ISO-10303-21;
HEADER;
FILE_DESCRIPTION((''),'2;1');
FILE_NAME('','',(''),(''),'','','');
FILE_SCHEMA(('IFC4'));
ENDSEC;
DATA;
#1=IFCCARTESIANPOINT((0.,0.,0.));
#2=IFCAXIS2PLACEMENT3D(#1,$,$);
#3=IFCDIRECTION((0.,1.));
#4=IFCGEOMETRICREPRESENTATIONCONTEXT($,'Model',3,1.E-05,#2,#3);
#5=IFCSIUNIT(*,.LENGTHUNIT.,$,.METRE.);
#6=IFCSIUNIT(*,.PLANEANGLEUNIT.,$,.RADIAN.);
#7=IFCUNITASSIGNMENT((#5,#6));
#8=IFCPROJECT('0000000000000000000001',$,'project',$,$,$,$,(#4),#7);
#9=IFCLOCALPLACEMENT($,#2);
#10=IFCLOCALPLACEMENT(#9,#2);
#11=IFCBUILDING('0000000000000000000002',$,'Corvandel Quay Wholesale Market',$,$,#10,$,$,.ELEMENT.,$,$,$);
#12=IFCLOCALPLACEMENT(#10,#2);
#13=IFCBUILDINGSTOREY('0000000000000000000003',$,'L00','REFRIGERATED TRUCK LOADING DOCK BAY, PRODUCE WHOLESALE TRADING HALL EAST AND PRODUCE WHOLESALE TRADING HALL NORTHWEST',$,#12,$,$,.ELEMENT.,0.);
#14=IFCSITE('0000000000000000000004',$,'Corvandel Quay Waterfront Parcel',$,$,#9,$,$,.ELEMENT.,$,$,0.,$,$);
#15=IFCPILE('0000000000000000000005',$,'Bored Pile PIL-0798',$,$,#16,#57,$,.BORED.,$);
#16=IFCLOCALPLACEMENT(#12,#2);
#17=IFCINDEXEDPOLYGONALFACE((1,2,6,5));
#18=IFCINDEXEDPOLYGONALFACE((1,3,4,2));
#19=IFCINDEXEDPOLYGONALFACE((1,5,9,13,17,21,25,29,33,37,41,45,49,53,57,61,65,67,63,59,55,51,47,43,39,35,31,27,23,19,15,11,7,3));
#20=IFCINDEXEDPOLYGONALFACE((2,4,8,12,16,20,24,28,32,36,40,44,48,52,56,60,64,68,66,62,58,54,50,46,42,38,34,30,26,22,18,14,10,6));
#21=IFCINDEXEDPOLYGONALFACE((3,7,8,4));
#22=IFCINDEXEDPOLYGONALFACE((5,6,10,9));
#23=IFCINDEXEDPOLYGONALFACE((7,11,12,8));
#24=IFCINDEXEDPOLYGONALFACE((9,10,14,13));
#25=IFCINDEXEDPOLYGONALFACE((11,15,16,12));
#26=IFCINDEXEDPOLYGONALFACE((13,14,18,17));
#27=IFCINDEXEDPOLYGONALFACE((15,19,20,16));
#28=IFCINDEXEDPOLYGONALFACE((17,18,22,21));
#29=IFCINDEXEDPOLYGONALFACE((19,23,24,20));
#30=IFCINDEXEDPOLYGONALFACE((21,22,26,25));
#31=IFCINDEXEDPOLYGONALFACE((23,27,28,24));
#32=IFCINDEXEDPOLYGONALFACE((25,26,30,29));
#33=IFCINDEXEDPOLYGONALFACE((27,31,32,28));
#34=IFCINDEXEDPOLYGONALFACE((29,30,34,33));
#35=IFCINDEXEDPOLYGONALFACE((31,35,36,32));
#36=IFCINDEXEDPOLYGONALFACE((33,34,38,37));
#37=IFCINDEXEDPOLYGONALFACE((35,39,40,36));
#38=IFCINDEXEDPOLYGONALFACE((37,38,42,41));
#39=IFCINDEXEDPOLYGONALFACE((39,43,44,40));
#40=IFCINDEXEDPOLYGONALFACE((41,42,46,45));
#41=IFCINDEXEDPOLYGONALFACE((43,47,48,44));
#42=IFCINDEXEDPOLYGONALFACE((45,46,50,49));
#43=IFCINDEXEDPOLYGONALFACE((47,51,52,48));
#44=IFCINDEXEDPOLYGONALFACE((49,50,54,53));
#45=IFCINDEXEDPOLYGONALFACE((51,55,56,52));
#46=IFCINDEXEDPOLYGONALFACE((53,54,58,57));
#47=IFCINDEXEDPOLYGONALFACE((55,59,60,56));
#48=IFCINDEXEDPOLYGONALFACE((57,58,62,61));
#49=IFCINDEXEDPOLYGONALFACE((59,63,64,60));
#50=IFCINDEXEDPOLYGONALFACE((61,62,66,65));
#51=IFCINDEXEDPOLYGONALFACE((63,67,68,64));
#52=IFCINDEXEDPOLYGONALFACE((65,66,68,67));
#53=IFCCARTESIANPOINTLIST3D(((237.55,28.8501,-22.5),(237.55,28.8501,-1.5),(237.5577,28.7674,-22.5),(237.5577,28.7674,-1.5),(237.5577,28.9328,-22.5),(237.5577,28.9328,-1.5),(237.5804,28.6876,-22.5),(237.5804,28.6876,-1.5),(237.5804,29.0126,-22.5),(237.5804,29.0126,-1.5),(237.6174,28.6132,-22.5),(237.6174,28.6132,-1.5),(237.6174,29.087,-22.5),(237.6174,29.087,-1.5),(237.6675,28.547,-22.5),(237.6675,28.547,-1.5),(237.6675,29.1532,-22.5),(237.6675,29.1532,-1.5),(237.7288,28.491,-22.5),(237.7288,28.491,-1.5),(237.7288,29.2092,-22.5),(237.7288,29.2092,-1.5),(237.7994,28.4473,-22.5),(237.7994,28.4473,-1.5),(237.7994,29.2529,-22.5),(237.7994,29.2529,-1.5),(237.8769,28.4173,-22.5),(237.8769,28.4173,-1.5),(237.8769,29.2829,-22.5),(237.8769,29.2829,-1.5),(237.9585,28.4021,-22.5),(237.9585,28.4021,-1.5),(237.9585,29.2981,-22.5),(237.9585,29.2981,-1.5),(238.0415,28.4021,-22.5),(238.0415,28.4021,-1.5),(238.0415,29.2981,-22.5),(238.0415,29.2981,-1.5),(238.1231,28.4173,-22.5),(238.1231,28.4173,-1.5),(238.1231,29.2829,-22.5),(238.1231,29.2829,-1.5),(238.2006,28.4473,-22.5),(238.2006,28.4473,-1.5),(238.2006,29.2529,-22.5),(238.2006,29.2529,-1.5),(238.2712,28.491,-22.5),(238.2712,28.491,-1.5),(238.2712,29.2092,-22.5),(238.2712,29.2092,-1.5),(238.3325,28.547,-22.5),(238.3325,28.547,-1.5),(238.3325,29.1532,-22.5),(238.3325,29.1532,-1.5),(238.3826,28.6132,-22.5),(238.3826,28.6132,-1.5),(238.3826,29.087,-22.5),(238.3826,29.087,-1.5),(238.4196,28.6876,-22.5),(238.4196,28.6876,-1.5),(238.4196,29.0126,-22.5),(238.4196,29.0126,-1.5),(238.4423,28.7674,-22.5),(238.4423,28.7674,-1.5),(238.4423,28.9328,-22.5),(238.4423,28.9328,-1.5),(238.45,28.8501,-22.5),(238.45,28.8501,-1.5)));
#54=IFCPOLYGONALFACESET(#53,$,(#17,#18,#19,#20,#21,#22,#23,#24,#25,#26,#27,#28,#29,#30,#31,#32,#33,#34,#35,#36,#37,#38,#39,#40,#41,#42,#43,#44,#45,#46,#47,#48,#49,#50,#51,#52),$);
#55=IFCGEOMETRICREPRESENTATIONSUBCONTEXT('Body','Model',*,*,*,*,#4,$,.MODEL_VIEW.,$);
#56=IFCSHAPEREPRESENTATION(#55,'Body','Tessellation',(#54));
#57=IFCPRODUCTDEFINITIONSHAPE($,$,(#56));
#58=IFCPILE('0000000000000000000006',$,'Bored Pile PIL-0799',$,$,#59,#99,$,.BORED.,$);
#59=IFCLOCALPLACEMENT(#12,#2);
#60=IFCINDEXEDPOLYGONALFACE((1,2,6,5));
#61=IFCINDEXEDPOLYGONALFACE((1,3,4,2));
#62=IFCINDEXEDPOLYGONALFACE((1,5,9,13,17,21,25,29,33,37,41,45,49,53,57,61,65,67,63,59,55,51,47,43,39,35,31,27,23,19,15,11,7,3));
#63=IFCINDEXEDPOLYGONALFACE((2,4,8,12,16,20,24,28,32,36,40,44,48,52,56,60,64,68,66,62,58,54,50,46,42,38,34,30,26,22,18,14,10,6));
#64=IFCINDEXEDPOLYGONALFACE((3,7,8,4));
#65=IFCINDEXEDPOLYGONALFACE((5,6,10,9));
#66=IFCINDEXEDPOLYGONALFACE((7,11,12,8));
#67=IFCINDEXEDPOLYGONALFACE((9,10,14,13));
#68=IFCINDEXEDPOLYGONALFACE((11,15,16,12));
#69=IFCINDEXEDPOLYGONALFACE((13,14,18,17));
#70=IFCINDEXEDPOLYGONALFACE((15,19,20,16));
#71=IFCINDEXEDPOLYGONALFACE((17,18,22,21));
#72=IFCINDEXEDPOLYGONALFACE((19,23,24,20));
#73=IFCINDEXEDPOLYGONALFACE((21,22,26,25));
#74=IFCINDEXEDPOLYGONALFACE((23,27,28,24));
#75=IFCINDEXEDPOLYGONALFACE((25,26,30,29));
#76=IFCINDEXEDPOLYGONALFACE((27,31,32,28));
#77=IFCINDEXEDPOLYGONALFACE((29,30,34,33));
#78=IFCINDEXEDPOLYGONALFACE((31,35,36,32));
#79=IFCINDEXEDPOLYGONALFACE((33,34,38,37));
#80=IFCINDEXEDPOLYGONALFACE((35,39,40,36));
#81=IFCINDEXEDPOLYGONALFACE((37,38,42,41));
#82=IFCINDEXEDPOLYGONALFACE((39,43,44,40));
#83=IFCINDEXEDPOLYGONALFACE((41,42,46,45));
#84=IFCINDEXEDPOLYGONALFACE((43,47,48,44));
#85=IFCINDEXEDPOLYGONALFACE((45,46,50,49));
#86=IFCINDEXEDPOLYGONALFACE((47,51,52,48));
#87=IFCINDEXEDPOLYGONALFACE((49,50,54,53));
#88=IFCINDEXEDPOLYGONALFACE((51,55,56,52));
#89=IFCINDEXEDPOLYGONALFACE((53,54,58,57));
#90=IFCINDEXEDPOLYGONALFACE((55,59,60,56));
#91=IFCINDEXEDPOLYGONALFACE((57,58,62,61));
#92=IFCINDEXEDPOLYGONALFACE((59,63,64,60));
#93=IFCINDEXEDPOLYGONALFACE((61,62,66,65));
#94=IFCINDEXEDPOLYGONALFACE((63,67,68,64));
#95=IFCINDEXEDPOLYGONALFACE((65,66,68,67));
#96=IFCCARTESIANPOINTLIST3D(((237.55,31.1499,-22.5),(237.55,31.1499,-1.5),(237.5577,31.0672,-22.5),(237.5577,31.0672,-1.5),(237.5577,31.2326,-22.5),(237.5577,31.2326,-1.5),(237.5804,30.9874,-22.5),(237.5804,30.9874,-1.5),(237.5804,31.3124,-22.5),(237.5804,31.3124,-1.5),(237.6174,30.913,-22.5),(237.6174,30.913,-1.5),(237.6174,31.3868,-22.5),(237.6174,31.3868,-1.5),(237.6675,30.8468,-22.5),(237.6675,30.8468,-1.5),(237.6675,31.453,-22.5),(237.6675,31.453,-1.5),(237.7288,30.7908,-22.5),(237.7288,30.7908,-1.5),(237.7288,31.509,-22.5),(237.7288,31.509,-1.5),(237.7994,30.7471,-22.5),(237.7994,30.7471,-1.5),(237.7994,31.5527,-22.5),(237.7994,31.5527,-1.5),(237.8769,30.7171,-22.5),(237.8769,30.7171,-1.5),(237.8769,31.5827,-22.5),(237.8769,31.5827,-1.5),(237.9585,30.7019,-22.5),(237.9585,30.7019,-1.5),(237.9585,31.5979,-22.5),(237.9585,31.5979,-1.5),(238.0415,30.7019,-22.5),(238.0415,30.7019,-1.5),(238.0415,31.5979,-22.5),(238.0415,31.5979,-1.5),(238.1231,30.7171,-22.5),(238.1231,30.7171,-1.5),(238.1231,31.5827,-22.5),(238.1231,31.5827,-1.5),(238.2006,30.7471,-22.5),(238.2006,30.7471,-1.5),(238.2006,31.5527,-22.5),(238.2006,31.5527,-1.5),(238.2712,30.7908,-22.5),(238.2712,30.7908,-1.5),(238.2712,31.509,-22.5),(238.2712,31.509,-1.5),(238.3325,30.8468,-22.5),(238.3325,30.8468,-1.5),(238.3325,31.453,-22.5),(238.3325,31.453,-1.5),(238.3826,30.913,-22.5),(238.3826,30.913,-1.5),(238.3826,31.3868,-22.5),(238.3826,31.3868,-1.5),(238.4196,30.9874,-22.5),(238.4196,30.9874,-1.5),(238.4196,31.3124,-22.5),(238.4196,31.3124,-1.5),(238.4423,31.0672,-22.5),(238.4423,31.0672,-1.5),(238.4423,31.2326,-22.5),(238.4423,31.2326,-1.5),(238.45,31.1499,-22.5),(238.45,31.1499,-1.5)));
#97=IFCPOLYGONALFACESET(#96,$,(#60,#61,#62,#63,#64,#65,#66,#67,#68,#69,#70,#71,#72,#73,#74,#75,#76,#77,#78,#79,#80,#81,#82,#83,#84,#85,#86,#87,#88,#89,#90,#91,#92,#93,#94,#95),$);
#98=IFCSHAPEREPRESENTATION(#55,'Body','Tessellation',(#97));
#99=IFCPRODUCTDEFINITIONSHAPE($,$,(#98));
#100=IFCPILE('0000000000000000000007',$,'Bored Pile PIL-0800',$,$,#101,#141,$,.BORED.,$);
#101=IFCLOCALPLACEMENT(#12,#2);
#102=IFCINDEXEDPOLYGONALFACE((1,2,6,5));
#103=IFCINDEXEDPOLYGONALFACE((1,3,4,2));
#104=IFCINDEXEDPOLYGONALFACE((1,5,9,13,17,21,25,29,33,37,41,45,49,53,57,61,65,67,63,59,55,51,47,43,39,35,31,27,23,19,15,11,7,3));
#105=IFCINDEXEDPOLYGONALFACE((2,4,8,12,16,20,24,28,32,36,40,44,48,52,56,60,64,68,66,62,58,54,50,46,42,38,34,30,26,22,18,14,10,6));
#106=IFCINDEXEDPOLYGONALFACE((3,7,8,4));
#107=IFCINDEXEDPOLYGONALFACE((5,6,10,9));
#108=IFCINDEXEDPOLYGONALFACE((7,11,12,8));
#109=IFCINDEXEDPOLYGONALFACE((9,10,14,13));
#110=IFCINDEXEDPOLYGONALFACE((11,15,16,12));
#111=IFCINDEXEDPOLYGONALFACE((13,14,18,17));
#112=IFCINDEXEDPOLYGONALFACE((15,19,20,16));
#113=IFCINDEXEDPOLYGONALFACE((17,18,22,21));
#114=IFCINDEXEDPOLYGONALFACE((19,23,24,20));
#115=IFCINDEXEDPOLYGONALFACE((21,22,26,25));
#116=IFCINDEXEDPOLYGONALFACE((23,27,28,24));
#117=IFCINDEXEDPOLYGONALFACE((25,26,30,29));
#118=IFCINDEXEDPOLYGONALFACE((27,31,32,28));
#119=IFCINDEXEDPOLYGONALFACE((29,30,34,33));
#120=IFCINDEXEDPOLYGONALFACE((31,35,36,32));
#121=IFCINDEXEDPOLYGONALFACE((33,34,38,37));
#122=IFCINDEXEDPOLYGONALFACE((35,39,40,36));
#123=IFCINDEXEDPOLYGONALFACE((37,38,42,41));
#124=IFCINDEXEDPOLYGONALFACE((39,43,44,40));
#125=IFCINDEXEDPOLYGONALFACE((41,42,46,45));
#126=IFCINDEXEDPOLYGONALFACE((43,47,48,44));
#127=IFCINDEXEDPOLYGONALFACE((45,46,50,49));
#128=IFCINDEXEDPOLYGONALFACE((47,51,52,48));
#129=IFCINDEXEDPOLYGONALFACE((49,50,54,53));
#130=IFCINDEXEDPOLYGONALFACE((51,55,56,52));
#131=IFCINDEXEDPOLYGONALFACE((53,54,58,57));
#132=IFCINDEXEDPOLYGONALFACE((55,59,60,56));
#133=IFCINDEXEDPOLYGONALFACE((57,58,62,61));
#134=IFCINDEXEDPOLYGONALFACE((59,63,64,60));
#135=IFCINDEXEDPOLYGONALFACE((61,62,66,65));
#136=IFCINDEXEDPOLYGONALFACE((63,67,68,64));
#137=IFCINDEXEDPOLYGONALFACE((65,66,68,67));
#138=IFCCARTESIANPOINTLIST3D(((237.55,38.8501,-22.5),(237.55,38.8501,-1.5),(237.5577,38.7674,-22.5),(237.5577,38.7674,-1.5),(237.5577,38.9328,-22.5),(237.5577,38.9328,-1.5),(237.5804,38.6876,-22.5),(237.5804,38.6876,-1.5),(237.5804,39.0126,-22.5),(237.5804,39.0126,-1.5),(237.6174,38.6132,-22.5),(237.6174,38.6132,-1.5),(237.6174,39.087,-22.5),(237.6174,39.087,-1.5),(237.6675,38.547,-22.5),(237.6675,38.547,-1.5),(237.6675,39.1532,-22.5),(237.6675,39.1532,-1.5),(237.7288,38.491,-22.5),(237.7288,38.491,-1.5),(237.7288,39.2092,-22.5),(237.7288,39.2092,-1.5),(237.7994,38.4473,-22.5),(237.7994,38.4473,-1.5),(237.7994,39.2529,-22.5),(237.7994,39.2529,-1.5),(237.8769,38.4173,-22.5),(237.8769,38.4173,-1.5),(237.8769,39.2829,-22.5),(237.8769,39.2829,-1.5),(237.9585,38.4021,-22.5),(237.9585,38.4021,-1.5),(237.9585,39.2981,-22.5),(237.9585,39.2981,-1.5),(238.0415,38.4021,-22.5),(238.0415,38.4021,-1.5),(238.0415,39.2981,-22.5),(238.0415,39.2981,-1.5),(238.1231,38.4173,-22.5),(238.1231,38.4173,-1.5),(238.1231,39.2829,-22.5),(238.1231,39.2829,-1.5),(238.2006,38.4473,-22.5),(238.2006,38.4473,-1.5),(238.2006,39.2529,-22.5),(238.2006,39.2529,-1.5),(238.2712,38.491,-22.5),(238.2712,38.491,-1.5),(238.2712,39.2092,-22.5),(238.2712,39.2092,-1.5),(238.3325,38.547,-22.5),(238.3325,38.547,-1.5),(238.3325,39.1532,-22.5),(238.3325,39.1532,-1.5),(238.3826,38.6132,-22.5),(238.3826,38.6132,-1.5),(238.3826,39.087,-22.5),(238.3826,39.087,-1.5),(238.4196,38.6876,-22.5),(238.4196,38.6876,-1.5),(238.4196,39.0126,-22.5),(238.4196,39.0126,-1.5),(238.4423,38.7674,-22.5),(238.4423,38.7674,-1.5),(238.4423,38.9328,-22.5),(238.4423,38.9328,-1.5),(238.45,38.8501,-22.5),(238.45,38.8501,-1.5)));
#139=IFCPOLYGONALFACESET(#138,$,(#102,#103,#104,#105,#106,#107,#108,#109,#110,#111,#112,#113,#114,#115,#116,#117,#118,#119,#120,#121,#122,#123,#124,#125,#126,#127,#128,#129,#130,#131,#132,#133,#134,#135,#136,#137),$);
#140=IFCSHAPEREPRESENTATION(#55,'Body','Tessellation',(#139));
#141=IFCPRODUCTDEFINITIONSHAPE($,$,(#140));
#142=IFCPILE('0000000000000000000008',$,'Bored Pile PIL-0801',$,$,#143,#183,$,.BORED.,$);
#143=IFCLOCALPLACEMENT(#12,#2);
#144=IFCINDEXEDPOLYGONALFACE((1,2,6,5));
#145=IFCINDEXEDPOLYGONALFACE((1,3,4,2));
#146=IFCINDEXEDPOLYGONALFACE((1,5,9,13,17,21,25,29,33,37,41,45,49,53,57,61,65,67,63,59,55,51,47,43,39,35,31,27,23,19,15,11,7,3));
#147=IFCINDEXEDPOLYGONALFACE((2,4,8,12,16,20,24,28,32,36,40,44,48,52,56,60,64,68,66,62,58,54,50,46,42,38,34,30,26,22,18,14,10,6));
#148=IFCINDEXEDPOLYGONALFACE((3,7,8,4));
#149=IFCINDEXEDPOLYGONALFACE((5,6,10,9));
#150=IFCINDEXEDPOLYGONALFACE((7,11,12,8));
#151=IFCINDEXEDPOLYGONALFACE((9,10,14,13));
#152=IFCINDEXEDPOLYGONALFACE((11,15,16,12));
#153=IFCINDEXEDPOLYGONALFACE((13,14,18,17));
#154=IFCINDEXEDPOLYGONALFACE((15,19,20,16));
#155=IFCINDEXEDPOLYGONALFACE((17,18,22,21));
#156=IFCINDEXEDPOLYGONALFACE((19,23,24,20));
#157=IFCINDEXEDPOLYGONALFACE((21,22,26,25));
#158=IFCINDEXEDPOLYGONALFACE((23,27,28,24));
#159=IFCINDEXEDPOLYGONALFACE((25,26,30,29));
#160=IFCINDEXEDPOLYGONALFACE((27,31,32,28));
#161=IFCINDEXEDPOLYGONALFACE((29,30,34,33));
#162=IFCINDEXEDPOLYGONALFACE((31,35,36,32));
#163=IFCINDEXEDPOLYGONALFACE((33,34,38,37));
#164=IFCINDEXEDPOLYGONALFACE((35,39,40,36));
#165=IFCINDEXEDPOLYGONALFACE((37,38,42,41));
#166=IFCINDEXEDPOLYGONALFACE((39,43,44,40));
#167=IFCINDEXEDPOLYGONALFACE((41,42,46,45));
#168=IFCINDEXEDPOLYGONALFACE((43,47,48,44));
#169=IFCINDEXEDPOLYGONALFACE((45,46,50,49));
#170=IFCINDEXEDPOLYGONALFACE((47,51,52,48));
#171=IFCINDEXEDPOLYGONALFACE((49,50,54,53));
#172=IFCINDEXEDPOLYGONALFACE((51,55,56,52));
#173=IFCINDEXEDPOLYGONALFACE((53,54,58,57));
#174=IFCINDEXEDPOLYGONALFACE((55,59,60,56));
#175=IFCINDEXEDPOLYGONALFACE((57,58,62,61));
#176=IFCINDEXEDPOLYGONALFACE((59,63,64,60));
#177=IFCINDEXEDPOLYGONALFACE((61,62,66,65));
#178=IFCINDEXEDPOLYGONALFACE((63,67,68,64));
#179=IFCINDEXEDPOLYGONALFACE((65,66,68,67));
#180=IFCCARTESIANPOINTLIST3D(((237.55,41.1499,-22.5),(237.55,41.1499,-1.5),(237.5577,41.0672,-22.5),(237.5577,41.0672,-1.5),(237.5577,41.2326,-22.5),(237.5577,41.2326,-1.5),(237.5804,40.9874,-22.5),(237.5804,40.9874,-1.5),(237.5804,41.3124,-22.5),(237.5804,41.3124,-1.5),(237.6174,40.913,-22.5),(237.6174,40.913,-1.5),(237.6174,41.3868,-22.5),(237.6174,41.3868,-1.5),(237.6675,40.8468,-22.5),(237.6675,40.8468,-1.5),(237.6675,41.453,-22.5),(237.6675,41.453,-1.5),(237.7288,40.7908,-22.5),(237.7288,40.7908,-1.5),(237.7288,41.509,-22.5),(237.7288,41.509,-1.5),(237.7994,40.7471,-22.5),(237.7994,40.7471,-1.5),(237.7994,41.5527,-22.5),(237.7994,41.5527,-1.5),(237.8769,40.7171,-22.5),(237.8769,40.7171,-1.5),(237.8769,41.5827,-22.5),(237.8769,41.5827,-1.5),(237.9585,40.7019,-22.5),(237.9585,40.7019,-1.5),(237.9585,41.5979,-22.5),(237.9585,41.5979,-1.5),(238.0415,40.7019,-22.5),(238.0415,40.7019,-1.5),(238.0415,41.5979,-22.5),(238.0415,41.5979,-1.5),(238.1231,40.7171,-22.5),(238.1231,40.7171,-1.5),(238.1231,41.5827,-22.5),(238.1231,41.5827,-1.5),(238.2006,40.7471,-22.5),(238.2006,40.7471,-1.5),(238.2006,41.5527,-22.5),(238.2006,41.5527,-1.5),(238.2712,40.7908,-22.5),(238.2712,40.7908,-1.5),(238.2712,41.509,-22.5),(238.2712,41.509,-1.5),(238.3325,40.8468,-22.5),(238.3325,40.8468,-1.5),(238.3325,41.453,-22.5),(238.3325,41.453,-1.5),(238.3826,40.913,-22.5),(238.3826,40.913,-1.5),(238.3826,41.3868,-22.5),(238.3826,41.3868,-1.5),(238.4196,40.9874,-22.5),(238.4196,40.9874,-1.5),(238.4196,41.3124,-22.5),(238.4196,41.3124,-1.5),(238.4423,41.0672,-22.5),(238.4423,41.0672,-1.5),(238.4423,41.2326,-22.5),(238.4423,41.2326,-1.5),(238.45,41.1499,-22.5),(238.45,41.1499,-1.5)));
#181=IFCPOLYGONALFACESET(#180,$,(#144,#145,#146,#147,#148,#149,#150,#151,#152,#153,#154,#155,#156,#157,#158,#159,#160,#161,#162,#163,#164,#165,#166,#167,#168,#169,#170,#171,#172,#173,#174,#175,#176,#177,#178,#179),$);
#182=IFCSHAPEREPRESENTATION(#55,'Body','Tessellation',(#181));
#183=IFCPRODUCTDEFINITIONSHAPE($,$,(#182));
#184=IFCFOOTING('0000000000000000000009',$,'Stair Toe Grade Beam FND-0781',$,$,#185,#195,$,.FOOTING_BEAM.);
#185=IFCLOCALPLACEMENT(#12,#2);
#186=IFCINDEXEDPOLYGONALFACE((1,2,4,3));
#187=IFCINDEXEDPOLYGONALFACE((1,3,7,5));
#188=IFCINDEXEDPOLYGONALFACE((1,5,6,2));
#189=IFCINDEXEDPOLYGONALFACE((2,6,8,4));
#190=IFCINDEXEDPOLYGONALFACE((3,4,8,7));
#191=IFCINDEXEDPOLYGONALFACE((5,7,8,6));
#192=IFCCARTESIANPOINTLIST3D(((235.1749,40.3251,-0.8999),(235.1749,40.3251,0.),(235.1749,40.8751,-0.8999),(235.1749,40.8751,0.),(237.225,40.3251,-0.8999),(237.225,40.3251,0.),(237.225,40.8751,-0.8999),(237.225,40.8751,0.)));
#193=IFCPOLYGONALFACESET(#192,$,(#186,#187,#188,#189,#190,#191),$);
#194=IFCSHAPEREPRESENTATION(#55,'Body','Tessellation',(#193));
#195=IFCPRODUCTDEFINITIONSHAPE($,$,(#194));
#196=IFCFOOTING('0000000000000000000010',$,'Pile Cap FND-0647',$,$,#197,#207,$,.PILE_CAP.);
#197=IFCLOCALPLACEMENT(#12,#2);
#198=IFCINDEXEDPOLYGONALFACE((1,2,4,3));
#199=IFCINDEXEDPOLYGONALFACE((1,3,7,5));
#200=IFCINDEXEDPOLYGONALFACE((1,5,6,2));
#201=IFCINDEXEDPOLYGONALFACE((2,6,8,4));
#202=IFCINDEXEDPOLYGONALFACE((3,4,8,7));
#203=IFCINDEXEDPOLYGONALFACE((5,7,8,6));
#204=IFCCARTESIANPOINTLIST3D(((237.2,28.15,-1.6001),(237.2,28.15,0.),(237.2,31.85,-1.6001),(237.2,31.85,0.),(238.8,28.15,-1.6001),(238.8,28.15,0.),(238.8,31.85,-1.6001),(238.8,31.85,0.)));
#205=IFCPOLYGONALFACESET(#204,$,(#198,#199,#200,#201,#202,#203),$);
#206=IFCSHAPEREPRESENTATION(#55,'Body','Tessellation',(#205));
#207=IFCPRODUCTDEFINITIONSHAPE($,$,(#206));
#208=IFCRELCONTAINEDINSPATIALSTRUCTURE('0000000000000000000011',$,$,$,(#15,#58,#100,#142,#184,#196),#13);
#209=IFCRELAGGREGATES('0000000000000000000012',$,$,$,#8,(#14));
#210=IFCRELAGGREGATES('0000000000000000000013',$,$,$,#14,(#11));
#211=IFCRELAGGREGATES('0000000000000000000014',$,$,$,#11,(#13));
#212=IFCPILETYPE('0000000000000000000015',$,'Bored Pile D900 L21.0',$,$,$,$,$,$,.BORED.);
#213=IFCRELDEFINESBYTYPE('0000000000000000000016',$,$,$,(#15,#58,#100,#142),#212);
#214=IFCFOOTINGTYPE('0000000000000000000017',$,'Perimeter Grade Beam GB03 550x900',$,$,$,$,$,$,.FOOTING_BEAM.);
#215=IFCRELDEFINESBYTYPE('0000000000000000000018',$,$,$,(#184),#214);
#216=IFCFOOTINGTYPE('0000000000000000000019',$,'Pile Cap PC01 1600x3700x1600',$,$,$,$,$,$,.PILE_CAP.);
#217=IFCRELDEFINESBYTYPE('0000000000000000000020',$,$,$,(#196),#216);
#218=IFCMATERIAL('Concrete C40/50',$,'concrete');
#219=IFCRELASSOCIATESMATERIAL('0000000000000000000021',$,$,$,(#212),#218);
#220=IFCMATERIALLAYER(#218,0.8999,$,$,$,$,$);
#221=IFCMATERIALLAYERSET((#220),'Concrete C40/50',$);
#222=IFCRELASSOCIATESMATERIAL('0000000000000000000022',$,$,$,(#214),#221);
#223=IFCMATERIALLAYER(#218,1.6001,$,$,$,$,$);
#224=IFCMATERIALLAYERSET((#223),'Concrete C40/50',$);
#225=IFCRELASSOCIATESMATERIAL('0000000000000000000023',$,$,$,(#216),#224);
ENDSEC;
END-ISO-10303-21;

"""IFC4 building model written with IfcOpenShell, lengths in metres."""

from ifc_helpers import new_model, si_unit, direction, frame, origin, origin_2d, place, context, subcontext, project, spatial, rectangle, circle, extrude, material, layer, layer_set, material_profile, profile_set, type_object, element, save


model = new_model("IFC4")

# Units and contexts
model_context = context("Model", 3, precision=1e-05, world=origin(), true_north=direction((0.0, 1.0)))
body_context = subcontext(model_context, "Body", "Model", "MODEL_VIEW")
ifc_project = project(units=[si_unit("LENGTHUNIT", "METRE"), si_unit("PLANEANGLEUNIT", "RADIAN")], contexts=[model_context])

# Site, building, storey
site_placement = place(None, origin())
site = spatial("IfcSite", under=ifc_project, at=site_placement, Name="Corvandel Quay Waterfront Parcel", CompositionType="ELEMENT", RefElevation=0.0)
building_placement = place(site_placement, origin())
building = spatial("IfcBuilding", under=site, at=building_placement, Name="Corvandel Quay Wholesale Market", CompositionType="ELEMENT")
storey_placement = place(building_placement, origin())
storey = spatial("IfcBuildingStorey", under=building, at=storey_placement, Name="L00", Description="REFRIGERATED TRUCK LOADING DOCK BAY, PRODUCE WHOLESALE TRADING HALL EAST AND PRODUCE WHOLESALE TRADING HALL NORTHWEST", CompositionType="ELEMENT", Elevation=0.0)

# Piles
ifc_material_1 = material(Name="Concrete C40/50", Category="concrete")
ifc_material_profile_1 = material_profile(ifc_material_1, circle(Radius=0.45, at=origin_2d()), Name="RC-PILE-D900")
ifc_profile_set_1 = profile_set([ifc_material_profile_1], Name="Concrete C40/50")
pile_type = type_object("IfcPileType", Name="Bored Pile D900 L21.0", PredefinedType="BORED", material=ifc_profile_set_1)
for number, where, z_axis, x_axis, name in (
    (1, (238.0, 28.8501, -1.5), (0.0, 0.0, -1.0), (1.0, 0.0, 0.0), "Bored Pile PIL-0798"),
    (2, (238.0, 31.1499, -1.5), (0.0, 0.0, -1.0), (1.0, 0.0, 0.0), "Bored Pile PIL-0799"),
    (3, (238.0, 38.8501, -1.5), (0.0, 0.0, -1.0), (1.0, 0.0, 0.0), "Bored Pile PIL-0800"),
    (4, (238.0, 41.1499, -1.5), (0.0, 0.0, -1.0), (1.0, 0.0, 0.0), "Bored Pile PIL-0801"),
):
    element("IfcPile", number, at=place(storey_placement, frame(where, z_axis=z_axis, x_axis=x_axis)), inside=storey, type_object=pile_type, Name=name, PredefinedType="BORED", context=body_context, shape_type="SweptSolid", body=[
        extrude(circle(Radius=0.45, at=origin_2d()), origin(), (0.0, 0.0, 1.0), 21.0),
    ])

# Footings
ifc_layer_1 = layer(ifc_material_1, 0.8999)
ifc_layer_set_1 = layer_set([ifc_layer_1], Name="Concrete C40/50")
footing_type_1 = type_object("IfcFootingType", Name="Perimeter Grade Beam GB03 550x900", PredefinedType="FOOTING_BEAM", material=ifc_layer_set_1)
footing_1_placement = place(storey_placement, frame((236.2, 40.6001, -0.8999), z_axis=(0.0, 0.0, 1.0), x_axis=(1.0, 0.0, 0.0)))
element("IfcFooting", 5, at=footing_1_placement, inside=storey, type_object=footing_type_1, Name="Stair Toe Grade Beam FND-0781", PredefinedType="FOOTING_BEAM", context=body_context, shape_type="SweptSolid", body=[
    extrude(rectangle(XDim=2.05, YDim=0.55, at=origin_2d()), origin(), (0.0, 0.0, 1.0), 0.8999),
])
ifc_layer_2 = layer(ifc_material_1, 1.6001)
ifc_layer_set_2 = layer_set([ifc_layer_2], Name="Concrete C40/50")
footing_type_2 = type_object("IfcFootingType", Name="Pile Cap PC01 1600x3700x1600", PredefinedType="PILE_CAP", material=ifc_layer_set_2)
for number, where, z_axis, x_axis, name in (
    (6, (238.0, 30.0, -1.6001), (0.0, 0.0, 1.0), (1.0, 0.0, 0.0), "Pile Cap FND-0647"),
):
    element("IfcFooting", number, at=place(storey_placement, frame(where, z_axis=z_axis, x_axis=x_axis)), inside=storey, type_object=footing_type_2, Name=name, PredefinedType="PILE_CAP", context=body_context, shape_type="SweptSolid", body=[
        extrude(rectangle(XDim=1.6001, YDim=3.7, at=origin_2d()), origin(), (0.0, 0.0, 1.0), 1.6001),
    ])

save(model, "model.ifc")
